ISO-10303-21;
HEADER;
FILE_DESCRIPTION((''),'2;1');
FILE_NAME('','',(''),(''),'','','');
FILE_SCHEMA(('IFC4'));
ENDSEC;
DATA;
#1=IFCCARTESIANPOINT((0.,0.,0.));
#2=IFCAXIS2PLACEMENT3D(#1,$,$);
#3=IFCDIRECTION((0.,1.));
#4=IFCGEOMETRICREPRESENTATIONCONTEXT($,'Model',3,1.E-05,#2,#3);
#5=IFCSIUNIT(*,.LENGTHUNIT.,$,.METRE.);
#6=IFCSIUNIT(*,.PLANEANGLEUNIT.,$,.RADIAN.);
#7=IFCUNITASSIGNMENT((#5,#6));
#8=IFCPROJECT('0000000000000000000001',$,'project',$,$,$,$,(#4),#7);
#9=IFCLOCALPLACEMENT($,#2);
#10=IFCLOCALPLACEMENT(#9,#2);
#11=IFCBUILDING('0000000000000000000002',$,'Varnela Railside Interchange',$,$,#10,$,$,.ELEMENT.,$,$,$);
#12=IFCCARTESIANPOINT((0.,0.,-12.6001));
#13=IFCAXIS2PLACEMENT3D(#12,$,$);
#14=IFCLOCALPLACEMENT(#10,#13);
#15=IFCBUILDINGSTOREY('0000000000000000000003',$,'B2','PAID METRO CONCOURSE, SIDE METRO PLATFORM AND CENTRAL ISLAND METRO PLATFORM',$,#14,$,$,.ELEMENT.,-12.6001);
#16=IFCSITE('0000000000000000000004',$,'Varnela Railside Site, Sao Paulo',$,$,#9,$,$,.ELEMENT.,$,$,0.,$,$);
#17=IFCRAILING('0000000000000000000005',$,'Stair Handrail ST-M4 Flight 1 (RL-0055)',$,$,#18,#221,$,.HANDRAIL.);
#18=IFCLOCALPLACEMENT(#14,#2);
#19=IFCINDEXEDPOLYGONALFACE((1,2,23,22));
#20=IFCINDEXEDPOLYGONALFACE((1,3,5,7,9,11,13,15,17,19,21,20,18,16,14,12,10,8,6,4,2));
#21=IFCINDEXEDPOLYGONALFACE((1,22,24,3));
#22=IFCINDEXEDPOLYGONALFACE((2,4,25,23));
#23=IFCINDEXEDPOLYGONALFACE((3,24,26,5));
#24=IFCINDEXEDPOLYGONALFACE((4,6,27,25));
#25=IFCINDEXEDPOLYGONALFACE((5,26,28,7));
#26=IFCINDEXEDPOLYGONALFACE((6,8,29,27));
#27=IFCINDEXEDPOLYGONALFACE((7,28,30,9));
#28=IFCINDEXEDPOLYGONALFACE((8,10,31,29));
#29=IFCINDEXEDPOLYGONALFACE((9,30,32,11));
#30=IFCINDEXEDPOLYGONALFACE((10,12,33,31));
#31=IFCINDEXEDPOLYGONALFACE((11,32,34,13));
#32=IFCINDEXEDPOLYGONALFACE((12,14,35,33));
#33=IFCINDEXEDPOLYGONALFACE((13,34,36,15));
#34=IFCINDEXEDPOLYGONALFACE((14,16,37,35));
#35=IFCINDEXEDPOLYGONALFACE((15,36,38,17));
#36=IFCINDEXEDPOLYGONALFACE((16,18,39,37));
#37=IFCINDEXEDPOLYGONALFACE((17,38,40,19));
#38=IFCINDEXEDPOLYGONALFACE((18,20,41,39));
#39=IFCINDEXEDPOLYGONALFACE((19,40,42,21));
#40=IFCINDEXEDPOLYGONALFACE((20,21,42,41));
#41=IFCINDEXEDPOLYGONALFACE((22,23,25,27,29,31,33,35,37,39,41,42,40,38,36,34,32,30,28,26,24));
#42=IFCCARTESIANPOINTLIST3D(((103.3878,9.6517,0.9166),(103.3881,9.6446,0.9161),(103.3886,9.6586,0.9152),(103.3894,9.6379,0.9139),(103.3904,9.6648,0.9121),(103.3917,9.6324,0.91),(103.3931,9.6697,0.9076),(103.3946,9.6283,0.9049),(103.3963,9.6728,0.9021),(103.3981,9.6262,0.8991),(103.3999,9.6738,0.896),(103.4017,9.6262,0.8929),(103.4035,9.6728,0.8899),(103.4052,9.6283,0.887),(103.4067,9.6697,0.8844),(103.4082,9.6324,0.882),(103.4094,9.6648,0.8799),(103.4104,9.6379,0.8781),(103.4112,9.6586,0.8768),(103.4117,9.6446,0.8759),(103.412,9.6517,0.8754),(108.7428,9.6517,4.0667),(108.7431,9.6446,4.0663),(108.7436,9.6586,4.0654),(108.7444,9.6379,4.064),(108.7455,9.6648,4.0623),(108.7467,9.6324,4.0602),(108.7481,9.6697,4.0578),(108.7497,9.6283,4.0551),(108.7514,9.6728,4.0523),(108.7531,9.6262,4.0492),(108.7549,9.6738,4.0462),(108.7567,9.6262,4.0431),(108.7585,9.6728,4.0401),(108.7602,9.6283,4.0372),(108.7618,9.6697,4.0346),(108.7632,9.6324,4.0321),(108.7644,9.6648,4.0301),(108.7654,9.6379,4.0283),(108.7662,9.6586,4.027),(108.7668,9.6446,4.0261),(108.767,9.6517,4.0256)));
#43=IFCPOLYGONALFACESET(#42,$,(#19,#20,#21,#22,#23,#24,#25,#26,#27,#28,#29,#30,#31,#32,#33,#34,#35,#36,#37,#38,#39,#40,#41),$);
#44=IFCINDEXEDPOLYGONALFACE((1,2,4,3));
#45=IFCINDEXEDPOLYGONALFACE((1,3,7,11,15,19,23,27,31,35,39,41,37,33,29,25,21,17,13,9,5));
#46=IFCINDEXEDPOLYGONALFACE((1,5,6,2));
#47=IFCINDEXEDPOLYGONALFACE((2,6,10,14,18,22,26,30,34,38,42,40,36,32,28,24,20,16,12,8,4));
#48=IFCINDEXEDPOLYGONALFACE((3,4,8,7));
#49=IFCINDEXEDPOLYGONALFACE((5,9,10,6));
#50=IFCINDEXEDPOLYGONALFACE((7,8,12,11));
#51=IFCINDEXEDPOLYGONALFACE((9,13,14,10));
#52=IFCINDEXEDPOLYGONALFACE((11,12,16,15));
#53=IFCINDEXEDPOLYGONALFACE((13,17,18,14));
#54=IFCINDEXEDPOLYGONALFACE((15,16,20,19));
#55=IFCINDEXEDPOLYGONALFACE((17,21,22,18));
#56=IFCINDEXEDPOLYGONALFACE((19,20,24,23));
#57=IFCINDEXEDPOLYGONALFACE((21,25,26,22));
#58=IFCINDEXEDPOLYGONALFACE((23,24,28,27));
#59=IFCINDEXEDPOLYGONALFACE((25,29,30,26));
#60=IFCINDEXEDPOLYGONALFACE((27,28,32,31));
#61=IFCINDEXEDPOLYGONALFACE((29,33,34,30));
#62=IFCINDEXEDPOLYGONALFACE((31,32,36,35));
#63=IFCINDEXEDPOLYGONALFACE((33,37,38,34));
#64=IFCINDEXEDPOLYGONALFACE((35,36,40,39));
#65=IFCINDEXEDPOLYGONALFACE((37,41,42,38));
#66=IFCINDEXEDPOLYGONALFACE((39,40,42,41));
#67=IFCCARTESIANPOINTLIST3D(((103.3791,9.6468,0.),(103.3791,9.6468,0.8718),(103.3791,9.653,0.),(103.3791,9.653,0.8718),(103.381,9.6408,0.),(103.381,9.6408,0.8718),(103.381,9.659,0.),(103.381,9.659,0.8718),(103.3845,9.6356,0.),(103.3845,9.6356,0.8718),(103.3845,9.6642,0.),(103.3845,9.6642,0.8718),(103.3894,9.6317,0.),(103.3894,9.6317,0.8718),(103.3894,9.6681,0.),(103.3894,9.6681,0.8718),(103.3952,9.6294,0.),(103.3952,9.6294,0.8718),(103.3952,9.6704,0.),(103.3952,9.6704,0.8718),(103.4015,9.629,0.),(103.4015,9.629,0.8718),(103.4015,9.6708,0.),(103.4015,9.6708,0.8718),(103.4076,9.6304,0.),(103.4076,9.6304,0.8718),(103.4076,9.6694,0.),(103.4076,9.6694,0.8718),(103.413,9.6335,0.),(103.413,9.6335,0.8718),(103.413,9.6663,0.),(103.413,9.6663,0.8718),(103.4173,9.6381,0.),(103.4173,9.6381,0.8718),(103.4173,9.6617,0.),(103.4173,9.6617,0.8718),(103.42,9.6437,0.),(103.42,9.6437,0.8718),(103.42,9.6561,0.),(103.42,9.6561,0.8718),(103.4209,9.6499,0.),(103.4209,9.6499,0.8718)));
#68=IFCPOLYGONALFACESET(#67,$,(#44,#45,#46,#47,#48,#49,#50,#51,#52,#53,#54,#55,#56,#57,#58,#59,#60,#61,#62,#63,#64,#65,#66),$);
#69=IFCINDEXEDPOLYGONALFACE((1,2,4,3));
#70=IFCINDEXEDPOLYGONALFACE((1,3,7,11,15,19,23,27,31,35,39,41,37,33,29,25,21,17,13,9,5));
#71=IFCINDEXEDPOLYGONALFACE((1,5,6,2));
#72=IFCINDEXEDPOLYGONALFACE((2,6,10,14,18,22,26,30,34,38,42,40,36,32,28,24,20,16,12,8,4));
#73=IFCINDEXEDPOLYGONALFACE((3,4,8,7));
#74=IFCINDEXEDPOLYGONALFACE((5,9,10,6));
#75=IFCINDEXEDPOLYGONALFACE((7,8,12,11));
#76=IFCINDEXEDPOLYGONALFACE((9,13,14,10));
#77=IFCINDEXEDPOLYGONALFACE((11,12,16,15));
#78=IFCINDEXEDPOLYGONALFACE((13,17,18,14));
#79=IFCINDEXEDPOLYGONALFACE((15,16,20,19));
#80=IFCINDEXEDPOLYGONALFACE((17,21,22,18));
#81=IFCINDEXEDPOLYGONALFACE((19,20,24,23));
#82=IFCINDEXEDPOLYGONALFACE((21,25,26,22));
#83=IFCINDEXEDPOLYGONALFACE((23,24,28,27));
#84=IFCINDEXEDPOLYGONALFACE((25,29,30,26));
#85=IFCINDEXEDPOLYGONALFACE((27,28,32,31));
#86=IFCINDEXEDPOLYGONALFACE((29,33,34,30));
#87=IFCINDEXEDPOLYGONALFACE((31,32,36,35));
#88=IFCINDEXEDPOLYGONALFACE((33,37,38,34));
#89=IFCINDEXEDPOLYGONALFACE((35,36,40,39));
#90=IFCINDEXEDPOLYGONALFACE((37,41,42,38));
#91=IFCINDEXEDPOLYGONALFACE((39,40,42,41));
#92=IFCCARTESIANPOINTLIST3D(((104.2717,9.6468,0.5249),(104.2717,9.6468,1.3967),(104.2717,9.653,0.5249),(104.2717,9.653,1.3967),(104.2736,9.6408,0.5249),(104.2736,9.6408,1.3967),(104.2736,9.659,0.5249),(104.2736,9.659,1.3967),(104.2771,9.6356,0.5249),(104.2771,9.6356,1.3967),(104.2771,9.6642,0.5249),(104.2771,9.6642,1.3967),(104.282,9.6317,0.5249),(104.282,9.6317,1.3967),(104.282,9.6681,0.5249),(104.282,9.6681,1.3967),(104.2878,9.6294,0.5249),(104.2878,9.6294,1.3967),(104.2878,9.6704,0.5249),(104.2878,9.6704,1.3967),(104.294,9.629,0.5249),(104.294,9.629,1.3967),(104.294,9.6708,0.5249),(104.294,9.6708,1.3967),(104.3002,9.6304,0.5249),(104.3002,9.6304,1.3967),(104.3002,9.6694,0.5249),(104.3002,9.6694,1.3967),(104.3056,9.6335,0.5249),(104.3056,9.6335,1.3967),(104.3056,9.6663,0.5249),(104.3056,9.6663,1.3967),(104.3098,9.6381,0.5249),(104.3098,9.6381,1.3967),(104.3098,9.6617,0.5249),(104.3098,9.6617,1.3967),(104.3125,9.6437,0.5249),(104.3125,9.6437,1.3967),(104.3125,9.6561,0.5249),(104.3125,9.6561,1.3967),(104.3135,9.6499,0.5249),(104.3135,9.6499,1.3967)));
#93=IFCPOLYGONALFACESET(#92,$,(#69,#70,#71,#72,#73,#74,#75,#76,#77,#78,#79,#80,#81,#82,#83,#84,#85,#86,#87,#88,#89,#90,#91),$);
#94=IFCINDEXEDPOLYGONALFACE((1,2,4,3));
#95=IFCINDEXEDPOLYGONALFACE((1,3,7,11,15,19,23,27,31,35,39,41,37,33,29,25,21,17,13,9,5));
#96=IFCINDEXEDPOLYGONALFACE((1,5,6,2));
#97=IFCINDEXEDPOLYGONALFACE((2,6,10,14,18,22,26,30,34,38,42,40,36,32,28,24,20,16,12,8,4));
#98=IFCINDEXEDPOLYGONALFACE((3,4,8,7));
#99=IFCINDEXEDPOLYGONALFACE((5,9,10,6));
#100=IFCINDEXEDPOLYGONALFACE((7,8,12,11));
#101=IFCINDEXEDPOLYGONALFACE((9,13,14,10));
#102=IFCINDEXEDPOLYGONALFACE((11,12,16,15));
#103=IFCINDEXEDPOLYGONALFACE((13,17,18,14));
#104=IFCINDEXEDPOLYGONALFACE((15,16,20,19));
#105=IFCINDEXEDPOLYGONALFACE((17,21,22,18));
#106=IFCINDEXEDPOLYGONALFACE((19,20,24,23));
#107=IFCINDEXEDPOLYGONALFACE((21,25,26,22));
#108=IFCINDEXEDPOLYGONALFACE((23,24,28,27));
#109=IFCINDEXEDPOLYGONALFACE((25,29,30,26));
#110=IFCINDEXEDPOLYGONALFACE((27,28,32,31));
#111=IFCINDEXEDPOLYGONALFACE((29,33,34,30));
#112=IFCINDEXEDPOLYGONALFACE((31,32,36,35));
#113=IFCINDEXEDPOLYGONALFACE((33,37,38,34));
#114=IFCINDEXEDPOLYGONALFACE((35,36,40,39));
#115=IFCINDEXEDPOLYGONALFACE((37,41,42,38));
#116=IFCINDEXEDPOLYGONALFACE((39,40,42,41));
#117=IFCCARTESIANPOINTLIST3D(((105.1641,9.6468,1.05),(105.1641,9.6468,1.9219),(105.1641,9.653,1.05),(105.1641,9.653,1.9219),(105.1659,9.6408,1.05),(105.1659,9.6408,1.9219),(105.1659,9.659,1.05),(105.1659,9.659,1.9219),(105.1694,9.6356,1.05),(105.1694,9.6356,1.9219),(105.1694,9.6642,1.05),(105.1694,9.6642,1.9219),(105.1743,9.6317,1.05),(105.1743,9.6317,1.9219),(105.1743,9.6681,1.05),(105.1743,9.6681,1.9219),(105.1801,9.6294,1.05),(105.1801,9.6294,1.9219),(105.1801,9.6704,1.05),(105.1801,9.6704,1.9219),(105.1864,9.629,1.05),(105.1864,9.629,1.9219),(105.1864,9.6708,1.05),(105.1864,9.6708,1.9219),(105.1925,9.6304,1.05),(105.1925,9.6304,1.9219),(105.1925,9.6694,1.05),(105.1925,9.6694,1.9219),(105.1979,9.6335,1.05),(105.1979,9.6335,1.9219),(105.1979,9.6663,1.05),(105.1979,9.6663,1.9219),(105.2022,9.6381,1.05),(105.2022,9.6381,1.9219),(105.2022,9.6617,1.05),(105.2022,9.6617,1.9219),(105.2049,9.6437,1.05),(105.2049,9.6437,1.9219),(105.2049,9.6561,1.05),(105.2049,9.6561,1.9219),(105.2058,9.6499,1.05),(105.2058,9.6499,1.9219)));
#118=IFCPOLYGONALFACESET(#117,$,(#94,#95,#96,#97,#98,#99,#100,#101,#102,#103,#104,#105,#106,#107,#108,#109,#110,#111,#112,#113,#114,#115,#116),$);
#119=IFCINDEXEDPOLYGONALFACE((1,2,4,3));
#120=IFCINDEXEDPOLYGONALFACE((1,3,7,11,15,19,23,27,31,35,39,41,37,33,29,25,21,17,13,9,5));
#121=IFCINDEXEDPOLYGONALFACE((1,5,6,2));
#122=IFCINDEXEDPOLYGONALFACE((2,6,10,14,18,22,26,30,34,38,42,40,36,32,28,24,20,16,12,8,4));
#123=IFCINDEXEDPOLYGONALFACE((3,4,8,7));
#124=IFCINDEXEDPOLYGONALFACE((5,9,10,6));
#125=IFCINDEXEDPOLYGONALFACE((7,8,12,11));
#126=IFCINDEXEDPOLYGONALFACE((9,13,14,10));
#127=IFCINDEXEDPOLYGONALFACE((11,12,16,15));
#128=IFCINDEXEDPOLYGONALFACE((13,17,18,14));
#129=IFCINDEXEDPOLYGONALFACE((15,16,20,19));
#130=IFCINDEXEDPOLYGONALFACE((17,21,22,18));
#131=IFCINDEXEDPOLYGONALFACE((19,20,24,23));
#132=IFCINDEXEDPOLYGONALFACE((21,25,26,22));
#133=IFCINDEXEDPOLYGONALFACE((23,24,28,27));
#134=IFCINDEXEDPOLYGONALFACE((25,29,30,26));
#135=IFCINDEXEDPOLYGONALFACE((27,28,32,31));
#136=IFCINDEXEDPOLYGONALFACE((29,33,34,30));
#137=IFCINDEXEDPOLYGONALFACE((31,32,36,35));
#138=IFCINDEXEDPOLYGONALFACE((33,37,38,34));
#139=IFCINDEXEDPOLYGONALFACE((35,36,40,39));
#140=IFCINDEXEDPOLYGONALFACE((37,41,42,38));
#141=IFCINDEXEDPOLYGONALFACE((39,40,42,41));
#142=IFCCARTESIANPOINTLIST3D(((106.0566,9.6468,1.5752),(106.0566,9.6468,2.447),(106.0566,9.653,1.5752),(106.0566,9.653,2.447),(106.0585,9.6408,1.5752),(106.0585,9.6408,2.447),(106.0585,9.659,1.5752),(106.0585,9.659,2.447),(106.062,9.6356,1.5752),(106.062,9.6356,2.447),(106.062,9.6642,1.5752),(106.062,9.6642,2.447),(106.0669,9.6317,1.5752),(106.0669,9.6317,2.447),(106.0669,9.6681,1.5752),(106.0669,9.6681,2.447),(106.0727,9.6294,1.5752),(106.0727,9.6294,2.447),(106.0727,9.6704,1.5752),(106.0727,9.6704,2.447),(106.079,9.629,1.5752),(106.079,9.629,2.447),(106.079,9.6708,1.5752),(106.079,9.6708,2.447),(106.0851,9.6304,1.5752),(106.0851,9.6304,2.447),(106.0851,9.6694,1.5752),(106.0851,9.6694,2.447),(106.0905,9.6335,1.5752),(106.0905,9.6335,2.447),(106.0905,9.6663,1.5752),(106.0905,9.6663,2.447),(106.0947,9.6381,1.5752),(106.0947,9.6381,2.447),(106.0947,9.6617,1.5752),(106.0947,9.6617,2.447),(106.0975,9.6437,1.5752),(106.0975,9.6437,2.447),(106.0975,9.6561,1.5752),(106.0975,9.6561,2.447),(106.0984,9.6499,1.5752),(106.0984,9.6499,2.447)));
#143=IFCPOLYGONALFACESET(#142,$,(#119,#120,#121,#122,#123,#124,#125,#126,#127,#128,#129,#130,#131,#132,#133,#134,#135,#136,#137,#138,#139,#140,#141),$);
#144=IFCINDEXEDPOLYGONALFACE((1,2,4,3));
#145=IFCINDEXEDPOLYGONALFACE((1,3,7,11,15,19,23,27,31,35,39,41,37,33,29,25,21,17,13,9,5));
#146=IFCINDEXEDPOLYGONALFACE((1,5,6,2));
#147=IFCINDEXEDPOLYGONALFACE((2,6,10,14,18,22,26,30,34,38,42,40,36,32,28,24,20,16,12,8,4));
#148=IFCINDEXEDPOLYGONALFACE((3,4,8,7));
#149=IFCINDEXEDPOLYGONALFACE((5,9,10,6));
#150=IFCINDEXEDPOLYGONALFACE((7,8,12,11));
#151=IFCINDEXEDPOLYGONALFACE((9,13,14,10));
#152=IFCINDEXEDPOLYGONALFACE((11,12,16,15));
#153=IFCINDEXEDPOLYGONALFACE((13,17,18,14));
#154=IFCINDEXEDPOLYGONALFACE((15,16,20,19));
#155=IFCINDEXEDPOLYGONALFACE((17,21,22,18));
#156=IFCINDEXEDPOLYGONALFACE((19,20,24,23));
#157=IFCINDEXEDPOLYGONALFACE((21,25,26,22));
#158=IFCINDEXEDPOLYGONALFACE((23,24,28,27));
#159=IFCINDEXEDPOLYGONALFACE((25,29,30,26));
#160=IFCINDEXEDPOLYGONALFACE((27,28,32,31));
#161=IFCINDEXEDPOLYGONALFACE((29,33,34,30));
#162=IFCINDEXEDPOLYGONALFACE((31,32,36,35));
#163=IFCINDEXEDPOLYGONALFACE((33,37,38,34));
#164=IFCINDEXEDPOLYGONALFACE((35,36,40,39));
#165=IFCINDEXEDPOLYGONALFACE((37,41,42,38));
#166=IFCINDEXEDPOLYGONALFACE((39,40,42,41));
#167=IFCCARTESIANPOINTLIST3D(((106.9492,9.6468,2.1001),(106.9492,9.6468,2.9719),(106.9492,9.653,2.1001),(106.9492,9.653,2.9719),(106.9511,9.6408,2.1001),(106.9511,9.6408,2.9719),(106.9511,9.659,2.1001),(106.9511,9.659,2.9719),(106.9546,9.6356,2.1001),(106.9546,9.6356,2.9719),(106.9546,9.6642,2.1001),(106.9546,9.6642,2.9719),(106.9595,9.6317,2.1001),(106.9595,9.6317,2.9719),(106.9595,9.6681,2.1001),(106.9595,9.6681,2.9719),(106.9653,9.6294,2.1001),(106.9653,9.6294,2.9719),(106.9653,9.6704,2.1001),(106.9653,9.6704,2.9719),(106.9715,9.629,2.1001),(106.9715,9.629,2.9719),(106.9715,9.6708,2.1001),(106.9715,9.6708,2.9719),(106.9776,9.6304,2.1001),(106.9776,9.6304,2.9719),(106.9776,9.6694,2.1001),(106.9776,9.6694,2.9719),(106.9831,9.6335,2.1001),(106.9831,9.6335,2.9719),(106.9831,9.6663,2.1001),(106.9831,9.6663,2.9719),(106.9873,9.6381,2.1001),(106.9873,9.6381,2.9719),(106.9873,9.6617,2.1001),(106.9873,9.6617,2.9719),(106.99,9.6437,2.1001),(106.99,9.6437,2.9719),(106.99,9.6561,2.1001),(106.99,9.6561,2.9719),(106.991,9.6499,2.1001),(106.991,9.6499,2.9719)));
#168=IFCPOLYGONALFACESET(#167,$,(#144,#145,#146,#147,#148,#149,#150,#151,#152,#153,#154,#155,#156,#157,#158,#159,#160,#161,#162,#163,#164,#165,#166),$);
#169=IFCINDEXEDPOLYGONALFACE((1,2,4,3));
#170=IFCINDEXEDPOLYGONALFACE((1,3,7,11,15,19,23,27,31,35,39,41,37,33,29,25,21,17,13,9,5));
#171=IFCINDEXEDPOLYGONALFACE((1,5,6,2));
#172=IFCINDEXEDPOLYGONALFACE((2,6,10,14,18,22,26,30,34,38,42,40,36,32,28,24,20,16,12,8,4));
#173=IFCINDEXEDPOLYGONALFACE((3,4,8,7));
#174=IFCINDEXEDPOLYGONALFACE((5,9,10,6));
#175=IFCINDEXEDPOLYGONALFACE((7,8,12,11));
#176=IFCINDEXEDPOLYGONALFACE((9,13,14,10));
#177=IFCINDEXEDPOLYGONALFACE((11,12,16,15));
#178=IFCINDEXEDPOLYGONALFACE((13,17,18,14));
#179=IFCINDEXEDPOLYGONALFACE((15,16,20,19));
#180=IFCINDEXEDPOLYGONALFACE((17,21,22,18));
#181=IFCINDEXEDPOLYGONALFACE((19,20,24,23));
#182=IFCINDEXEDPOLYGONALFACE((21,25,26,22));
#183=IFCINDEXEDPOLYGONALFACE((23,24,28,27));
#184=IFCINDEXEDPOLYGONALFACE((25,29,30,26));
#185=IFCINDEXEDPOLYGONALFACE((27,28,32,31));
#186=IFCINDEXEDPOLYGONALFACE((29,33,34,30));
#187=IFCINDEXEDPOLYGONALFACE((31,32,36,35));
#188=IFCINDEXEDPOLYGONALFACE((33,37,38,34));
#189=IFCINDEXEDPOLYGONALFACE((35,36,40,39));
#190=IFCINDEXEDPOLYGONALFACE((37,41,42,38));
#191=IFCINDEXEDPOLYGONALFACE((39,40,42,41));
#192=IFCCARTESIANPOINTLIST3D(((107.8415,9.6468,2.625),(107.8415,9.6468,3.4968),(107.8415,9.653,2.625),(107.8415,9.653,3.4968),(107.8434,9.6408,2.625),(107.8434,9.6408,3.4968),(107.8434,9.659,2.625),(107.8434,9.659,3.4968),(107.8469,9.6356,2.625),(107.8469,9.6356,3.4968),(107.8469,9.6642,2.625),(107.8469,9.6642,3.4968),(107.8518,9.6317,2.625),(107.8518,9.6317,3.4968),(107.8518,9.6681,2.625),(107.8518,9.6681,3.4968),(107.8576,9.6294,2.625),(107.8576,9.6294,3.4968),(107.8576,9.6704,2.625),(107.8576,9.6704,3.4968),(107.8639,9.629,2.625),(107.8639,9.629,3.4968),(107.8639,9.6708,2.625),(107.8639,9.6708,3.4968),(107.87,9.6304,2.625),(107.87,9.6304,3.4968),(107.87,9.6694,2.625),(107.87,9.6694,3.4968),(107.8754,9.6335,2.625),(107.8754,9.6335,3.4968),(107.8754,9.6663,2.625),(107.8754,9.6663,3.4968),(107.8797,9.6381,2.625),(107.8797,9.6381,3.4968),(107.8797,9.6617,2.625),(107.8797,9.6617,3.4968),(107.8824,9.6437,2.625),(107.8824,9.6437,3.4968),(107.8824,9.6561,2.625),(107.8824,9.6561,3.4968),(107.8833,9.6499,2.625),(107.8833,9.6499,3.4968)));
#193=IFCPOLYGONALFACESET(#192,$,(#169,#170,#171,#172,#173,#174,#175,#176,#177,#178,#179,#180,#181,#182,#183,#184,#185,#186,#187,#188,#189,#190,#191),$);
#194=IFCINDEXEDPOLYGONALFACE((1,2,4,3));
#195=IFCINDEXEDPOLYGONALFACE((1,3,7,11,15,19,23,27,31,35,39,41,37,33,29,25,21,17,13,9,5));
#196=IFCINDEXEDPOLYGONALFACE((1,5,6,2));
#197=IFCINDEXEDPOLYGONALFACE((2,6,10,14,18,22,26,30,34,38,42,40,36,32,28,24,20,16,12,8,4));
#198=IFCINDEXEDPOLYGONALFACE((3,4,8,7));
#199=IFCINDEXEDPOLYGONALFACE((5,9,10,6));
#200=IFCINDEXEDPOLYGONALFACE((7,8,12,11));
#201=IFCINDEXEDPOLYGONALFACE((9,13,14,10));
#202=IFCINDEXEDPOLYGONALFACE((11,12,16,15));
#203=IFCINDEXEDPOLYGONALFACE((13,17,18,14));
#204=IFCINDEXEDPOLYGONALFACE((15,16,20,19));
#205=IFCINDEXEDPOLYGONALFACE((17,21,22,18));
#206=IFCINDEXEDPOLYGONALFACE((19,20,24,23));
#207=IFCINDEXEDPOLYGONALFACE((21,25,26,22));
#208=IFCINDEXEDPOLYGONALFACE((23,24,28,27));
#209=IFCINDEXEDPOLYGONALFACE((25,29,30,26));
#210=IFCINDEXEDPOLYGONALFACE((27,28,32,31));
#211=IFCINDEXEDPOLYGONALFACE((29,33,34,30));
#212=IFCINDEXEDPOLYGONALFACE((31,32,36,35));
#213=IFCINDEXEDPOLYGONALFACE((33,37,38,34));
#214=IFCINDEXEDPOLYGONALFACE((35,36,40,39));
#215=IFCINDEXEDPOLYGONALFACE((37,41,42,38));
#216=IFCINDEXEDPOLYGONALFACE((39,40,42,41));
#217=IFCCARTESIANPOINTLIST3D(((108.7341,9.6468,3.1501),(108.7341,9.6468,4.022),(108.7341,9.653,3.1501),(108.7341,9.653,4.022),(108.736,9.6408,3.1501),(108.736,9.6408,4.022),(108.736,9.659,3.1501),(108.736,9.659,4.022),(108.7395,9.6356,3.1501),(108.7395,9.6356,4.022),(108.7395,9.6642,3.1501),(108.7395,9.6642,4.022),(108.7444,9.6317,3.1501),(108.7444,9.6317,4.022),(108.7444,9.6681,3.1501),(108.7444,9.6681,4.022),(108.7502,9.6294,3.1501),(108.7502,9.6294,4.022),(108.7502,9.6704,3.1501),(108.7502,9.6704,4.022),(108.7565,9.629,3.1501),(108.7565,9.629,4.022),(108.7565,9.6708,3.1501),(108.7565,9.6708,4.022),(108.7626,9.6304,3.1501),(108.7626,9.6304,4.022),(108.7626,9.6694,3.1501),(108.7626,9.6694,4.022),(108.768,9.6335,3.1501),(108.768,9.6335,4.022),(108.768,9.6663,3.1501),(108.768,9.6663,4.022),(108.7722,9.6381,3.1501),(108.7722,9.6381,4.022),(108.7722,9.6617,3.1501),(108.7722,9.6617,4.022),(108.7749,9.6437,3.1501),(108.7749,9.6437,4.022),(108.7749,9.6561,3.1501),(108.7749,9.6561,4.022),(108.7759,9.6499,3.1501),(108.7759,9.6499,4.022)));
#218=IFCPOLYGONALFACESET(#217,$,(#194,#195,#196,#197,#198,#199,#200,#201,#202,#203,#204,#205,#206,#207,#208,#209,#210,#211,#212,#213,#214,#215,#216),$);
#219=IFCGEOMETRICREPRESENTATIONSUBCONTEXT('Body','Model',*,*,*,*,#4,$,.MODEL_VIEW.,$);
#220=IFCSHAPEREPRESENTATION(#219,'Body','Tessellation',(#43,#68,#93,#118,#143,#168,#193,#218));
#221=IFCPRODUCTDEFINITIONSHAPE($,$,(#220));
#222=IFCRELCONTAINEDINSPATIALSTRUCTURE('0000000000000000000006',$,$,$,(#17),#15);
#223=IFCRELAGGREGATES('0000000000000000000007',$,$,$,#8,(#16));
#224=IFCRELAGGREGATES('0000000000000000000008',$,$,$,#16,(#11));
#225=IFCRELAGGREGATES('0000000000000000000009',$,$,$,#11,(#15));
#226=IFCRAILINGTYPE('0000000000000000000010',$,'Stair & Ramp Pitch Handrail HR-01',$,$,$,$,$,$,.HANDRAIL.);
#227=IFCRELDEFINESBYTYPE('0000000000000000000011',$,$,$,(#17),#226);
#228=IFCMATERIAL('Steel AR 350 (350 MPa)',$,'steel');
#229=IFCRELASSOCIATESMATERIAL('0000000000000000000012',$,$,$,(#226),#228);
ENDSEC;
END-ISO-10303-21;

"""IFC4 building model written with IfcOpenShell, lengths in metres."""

from ifc_helpers import new_model, si_unit, direction, frame, origin, origin_2d, place, context, subcontext, project, spatial, circle, extrude, material, type_object, element, save


model = new_model("IFC4")

# Units and contexts
model_context = context("Model", 3, precision=1e-05, world=origin(), true_north=direction((0.0, 1.0)))
body_context = subcontext(model_context, "Body", "Model", "MODEL_VIEW")
ifc_project = project(units=[si_unit("LENGTHUNIT", "METRE"), si_unit("PLANEANGLEUNIT", "RADIAN")], contexts=[model_context])

# Site, building, storey
site_placement = place(None, origin())
site = spatial("IfcSite", under=ifc_project, at=site_placement, Name="Varnela Railside Site, Sao Paulo", CompositionType="ELEMENT", RefElevation=0.0)
building_placement = place(site_placement, origin())
building = spatial("IfcBuilding", under=site, at=building_placement, Name="Varnela Railside Interchange", CompositionType="ELEMENT")
storey_placement = place(building_placement, frame((0.0, 0.0, -12.6001)))
storey = spatial("IfcBuildingStorey", under=building, at=storey_placement, Name="B2", Description="PAID METRO CONCOURSE, SIDE METRO PLATFORM AND CENTRAL ISLAND METRO PLATFORM", CompositionType="ELEMENT", Elevation=-12.6001)

# Railing
ifc_material_1 = material(Name="Steel AR 350 (350 MPa)", Category="steel")
railing_type_1 = type_object("IfcRailingType", Name="Stair & Ramp Pitch Handrail HR-01", PredefinedType="HANDRAIL", material=ifc_material_1)
railing_1_placement = place(storey_placement, frame((103.3999, 9.6499, 0.0)))
element("IfcRailing", 1, at=railing_1_placement, inside=storey, type_object=railing_type_1, Name="Stair Handrail ST-M4 Flight 1 (RL-0055)", PredefinedType="HANDRAIL", context=body_context, shape_type="SweptSolid", body=[
    extrude(circle(Radius=0.0239, at=origin_2d()), frame((0.0, 0.0, 0.896), z_axis=(0.861923, 0.0, 0.507039), x_axis=(0.0, 1.0, 0.0)), (0.0, 0.0, 1.0), 6.2129),
    extrude(circle(Radius=0.021, at=origin_2d()), origin(), (0.0, 0.0, 1.0), 0.8718),
    extrude(circle(Radius=0.021, at=origin_2d()), frame((0.8926, 0.0, 0.5249)), (0.0, 0.0, 1.0), 0.8718),
    extrude(circle(Radius=0.021, at=origin_2d()), frame((1.7849, 0.0, 1.05)), (0.0, 0.0, 1.0), 0.8718),
    extrude(circle(Radius=0.021, at=origin_2d()), frame((2.6775, 0.0, 1.5752)), (0.0, 0.0, 1.0), 0.8718),
    extrude(circle(Radius=0.021, at=origin_2d()), frame((3.5701, 0.0, 2.1001)), (0.0, 0.0, 1.0), 0.8718),
    extrude(circle(Radius=0.021, at=origin_2d()), frame((4.4624, 0.0, 2.625)), (0.0, 0.0, 1.0), 0.8718),
    extrude(circle(Radius=0.021, at=origin_2d()), frame((5.355, 0.0, 3.1501)), (0.0, 0.0, 1.0), 0.8718),
])

save(model, "model.ifc")
